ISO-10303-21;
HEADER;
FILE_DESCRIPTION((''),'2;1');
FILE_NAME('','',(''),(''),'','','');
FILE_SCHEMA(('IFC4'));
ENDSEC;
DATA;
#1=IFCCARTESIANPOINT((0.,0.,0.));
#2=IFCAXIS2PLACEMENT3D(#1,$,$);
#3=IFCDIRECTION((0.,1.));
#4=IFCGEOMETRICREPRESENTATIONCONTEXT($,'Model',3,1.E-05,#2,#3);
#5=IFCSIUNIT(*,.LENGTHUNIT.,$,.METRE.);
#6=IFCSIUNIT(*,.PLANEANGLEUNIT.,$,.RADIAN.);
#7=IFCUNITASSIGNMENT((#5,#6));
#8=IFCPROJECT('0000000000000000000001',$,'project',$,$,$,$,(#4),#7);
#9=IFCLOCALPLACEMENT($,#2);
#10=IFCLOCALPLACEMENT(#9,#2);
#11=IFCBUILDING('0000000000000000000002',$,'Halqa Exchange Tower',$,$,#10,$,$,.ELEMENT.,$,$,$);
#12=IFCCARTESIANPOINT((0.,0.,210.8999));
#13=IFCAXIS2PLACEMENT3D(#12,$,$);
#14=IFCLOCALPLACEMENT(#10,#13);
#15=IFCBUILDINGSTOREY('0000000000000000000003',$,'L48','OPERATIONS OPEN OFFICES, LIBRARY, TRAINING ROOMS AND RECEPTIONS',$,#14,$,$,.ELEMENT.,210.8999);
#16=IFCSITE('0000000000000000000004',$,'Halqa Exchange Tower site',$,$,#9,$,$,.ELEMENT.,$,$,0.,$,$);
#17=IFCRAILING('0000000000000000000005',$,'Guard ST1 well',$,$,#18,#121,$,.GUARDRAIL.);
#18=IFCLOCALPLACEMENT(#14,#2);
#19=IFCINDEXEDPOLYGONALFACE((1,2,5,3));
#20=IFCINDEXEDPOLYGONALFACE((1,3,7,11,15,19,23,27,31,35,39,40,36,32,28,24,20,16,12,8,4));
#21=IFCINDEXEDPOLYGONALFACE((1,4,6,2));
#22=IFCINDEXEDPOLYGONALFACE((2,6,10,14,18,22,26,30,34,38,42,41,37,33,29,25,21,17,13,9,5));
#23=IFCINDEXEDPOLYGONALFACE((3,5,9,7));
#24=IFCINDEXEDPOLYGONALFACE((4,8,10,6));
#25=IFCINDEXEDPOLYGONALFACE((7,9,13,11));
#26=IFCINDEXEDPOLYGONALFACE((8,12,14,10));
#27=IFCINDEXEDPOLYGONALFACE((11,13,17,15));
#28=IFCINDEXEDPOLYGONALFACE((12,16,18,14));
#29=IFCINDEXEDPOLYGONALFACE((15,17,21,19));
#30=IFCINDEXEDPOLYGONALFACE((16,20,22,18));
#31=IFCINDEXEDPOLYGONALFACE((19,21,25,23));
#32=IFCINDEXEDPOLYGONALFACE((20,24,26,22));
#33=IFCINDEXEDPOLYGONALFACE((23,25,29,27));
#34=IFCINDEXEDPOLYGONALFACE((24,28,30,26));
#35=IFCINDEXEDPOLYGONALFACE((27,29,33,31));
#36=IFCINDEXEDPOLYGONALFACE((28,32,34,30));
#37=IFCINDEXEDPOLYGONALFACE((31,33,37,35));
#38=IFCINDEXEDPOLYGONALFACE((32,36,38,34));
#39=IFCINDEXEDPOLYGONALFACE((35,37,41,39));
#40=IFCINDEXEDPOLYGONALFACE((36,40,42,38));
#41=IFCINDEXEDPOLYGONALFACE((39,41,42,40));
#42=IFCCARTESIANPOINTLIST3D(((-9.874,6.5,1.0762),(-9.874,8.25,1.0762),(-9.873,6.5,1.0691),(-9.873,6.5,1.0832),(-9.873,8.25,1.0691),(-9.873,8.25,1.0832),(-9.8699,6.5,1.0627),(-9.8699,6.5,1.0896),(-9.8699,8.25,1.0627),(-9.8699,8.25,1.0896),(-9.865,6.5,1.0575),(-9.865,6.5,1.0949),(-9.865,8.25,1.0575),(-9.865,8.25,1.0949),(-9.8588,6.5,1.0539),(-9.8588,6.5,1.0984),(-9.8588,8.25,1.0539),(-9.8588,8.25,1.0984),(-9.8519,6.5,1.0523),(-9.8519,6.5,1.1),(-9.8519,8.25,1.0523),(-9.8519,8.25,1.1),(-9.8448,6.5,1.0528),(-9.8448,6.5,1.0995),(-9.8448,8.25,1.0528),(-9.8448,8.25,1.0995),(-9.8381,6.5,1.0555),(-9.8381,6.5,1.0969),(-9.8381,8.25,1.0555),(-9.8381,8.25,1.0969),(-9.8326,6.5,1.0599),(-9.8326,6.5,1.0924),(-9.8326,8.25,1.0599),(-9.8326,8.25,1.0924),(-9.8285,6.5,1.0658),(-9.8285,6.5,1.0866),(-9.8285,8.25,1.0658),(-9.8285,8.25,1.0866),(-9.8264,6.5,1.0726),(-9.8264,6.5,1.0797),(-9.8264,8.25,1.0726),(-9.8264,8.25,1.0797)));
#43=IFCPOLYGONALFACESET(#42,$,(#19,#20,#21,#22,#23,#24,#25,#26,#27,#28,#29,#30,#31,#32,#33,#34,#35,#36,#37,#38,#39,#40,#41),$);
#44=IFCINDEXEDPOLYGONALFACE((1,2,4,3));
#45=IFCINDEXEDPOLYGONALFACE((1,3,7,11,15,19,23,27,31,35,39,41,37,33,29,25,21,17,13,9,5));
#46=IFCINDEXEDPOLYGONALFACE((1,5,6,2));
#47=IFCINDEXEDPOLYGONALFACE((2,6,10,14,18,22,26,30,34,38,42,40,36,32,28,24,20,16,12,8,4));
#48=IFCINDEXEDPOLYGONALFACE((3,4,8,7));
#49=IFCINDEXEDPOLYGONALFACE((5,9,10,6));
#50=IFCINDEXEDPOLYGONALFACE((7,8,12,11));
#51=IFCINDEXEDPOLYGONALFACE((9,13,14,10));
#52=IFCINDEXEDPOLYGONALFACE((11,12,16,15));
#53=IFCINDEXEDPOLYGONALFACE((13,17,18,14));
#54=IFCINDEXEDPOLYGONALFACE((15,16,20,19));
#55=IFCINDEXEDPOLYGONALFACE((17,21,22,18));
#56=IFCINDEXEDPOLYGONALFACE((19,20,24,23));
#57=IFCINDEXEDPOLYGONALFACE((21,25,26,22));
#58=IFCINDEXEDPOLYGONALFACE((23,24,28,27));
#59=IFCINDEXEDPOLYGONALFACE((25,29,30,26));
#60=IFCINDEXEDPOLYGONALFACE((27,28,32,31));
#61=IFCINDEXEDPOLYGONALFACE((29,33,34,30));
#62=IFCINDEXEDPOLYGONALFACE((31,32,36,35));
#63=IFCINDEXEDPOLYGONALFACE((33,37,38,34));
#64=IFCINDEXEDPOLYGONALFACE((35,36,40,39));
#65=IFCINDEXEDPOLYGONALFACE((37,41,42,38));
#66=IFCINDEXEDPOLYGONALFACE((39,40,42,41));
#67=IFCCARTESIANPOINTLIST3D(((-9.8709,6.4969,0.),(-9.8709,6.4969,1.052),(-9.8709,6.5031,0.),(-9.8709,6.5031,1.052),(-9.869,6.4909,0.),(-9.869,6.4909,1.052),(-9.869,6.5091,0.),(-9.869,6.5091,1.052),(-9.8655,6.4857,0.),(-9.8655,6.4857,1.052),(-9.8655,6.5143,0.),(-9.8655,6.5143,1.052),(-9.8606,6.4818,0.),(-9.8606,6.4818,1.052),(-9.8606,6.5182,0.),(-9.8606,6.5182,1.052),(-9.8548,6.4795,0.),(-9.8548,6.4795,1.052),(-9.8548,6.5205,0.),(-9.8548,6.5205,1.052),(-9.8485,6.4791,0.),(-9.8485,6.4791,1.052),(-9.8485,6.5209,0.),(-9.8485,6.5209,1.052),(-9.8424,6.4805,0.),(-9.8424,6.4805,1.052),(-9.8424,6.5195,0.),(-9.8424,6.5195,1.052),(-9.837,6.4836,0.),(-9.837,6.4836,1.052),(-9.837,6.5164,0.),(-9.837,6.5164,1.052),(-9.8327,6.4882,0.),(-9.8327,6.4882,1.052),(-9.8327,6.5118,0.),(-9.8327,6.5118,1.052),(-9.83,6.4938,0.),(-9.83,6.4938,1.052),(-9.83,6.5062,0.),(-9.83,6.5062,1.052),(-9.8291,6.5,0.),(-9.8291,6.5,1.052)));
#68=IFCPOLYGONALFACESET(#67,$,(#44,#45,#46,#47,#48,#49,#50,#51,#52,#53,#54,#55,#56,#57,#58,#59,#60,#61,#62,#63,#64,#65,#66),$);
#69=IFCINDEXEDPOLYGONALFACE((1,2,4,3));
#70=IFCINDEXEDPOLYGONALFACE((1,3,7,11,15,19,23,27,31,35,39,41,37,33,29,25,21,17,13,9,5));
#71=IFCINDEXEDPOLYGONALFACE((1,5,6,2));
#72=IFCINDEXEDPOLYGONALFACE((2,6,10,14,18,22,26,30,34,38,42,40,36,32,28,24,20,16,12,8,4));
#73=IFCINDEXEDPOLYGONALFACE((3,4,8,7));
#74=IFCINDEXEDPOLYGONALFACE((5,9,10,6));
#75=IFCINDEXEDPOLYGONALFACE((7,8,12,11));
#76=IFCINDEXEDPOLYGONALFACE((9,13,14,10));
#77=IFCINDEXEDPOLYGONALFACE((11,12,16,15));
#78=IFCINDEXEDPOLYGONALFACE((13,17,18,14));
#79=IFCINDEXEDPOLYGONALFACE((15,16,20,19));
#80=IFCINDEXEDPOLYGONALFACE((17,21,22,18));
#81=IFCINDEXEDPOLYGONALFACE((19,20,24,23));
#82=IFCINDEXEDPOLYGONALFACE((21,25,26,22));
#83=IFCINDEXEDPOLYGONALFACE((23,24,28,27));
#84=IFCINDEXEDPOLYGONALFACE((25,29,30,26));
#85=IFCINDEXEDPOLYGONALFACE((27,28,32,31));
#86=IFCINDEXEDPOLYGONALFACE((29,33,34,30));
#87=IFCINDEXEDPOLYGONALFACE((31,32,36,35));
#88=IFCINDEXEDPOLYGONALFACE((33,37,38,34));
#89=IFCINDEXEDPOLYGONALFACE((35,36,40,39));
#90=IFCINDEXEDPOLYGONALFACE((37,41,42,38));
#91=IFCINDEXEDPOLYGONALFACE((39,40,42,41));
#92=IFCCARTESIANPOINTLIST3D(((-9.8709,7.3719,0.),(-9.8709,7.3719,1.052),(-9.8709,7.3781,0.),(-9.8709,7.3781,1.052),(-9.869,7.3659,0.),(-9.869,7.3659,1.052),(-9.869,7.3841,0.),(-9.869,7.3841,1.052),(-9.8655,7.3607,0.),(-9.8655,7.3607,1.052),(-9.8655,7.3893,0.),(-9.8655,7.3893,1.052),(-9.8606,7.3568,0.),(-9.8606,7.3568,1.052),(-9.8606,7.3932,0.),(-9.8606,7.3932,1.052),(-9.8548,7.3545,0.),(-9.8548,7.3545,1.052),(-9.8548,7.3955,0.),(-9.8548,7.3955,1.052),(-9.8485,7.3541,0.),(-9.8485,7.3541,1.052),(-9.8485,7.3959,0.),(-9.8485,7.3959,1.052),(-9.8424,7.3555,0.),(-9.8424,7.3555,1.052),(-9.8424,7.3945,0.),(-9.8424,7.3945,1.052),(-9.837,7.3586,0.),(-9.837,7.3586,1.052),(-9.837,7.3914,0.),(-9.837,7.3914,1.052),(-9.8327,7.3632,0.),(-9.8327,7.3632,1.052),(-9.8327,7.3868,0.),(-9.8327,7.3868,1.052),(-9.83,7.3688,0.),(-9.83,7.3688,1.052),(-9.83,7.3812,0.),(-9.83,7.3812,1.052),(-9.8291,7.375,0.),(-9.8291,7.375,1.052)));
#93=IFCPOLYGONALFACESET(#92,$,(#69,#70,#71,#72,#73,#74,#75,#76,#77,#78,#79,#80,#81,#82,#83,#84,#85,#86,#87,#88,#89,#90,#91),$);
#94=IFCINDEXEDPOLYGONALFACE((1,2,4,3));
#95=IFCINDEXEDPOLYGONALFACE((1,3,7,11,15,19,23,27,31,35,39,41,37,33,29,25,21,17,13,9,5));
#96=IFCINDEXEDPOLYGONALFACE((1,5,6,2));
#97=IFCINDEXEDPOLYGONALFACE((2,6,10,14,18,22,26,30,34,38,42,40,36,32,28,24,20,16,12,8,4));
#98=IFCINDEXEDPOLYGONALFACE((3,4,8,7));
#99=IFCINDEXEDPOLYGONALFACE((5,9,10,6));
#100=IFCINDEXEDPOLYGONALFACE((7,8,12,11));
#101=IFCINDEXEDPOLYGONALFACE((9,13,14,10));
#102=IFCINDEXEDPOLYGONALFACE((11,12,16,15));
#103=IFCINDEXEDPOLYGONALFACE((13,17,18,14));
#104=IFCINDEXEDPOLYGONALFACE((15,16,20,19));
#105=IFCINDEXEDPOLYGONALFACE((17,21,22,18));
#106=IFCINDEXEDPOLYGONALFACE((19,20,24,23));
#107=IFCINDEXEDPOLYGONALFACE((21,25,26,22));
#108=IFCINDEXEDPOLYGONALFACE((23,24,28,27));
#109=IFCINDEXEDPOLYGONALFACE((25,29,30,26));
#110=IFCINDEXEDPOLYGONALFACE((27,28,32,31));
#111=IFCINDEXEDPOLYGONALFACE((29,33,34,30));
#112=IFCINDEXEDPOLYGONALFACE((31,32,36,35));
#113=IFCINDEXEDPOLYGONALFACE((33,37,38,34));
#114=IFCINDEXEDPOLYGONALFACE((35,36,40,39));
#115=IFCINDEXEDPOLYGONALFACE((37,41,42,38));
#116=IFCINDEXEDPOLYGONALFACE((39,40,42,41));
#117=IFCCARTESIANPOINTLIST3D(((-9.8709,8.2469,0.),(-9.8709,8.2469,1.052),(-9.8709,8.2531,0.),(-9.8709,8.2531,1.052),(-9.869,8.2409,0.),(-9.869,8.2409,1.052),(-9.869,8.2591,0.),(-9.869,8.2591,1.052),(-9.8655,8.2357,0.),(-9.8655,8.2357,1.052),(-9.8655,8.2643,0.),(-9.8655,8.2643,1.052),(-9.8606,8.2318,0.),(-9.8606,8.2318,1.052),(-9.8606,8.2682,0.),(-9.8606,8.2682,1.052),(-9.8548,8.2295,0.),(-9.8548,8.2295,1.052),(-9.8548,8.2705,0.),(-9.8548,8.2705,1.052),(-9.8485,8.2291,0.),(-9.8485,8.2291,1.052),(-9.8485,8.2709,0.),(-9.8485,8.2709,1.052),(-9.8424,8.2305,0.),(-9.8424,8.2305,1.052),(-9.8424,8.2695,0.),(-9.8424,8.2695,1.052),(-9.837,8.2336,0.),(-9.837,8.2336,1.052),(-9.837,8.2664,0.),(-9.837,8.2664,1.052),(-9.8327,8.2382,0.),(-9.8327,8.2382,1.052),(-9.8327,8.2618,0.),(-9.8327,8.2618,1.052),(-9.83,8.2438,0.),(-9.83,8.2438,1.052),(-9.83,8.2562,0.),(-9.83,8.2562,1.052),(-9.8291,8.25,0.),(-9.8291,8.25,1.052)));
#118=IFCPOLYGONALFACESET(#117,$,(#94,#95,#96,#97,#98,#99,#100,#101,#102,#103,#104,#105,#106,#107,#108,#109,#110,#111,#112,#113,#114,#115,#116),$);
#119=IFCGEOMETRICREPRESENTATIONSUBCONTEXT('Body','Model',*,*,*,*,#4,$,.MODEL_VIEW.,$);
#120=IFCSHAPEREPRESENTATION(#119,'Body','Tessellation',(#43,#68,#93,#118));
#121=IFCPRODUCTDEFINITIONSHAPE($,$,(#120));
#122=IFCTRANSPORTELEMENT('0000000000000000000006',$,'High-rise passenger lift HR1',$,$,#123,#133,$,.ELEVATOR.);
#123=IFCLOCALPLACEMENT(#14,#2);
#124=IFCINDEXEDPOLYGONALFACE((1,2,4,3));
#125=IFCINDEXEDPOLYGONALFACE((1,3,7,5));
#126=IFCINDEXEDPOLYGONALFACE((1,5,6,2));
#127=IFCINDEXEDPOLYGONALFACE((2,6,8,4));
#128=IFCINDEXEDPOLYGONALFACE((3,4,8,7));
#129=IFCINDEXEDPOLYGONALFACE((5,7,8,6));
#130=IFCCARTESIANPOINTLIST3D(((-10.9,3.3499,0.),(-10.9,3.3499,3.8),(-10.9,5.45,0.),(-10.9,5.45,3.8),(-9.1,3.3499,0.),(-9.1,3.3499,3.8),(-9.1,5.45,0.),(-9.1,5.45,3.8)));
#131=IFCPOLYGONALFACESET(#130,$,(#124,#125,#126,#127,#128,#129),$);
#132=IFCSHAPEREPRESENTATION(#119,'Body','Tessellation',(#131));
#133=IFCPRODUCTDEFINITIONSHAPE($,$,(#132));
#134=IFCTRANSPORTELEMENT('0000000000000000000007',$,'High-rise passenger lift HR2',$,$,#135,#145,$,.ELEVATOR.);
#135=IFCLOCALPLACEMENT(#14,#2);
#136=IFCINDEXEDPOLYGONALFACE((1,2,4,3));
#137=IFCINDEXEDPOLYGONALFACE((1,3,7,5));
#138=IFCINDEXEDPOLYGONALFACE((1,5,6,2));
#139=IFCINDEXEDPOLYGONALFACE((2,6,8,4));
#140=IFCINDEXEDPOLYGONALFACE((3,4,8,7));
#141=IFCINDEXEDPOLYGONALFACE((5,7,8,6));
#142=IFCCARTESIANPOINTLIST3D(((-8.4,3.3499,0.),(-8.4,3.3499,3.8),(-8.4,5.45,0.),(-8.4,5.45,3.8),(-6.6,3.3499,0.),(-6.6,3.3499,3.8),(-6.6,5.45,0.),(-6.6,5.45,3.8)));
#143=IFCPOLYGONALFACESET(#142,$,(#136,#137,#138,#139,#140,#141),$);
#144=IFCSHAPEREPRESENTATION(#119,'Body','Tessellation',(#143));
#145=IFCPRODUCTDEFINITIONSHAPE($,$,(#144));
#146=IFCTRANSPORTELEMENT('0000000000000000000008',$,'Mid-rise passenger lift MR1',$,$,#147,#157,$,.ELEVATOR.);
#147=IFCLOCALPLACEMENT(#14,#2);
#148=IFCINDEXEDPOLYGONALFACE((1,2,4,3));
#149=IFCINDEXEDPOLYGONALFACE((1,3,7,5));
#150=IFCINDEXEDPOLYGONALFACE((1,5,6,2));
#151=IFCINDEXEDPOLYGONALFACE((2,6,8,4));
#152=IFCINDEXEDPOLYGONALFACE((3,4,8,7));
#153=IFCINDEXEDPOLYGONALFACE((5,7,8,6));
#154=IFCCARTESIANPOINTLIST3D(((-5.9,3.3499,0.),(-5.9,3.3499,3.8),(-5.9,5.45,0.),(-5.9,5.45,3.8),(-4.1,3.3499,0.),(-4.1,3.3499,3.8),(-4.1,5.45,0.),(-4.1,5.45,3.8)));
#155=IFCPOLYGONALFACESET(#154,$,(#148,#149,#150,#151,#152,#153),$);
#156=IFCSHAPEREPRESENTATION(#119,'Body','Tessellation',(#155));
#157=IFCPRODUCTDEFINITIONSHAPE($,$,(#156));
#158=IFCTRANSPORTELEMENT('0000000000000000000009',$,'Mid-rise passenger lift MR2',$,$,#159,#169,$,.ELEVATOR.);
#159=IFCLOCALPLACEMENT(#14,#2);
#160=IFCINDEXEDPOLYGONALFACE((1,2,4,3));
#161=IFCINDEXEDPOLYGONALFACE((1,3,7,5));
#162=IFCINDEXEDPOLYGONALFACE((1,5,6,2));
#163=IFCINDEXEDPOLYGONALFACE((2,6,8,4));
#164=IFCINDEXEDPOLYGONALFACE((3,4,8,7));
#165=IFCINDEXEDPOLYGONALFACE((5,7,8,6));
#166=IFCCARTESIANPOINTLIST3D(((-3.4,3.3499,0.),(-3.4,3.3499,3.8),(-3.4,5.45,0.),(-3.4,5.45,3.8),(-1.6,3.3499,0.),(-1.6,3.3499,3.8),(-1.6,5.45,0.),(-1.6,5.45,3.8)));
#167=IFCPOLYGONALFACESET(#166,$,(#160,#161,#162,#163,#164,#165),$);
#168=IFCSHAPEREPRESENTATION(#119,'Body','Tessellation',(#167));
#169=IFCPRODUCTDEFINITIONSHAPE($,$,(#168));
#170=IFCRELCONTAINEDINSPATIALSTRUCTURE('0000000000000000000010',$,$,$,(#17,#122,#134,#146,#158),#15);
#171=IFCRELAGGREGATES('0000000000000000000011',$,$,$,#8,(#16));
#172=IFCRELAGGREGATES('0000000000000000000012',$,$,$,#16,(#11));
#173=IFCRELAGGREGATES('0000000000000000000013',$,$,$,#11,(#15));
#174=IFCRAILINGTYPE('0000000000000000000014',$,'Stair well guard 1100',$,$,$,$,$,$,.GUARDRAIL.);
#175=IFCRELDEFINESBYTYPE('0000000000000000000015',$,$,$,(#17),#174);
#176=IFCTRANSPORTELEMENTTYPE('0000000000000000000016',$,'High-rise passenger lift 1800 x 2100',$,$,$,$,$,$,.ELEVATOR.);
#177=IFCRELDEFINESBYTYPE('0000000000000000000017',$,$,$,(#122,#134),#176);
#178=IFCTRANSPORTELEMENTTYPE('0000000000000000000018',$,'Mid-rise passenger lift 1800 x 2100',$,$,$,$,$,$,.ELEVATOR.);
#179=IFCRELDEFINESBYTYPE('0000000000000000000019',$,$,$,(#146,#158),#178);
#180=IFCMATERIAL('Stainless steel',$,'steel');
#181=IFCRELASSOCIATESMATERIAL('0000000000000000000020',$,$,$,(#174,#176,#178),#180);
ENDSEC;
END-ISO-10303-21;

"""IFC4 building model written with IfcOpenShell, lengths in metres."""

from ifc_helpers import new_model, si_unit, direction, frame, origin, origin_2d, place, context, subcontext, project, spatial, rectangle, circle, extrude, material, type_object, element, save


model = new_model("IFC4")

# Units and contexts
model_context = context("Model", 3, precision=1e-05, world=origin(), true_north=direction((0.0, 1.0)))
body_context = subcontext(model_context, "Body", "Model", "MODEL_VIEW")
ifc_project = project(units=[si_unit("LENGTHUNIT", "METRE"), si_unit("PLANEANGLEUNIT", "RADIAN")], contexts=[model_context])

# Site, building, storey
site_placement = place(None, origin())
site = spatial("IfcSite", under=ifc_project, at=site_placement, Name="Halqa Exchange Tower site", CompositionType="ELEMENT", RefElevation=0.0)
building_placement = place(site_placement, origin())
building = spatial("IfcBuilding", under=site, at=building_placement, Name="Halqa Exchange Tower", CompositionType="ELEMENT")
storey_placement = place(building_placement, frame((0.0, 0.0, 210.8999)))
storey = spatial("IfcBuildingStorey", under=building, at=storey_placement, Name="L48", Description="OPERATIONS OPEN OFFICES, LIBRARY, TRAINING ROOMS AND RECEPTIONS", CompositionType="ELEMENT", Elevation=210.8999)

# Shared definitions
ifc_material_1 = material(Name="Stainless steel", Category="steel")

# Railing
railing_type_1 = type_object("IfcRailingType", Name="Stair well guard 1100", PredefinedType="GUARDRAIL", material=ifc_material_1)
railing_1_placement = place(storey_placement, frame((-9.8501, 6.5, 0.0)))
element("IfcRailing", 1, at=railing_1_placement, inside=storey, type_object=railing_type_1, Name="Guard ST1 well", PredefinedType="GUARDRAIL", context=body_context, shape_type="SweptSolid", body=[
    extrude(circle(Radius=0.0239, at=origin_2d()), frame((0.0, 0.0, 1.0762), z_axis=(0.0, 1.0, 0.0), x_axis=(-1.0, 0.0, 0.0)), (0.0, 0.0, 1.0), 1.75),
    extrude(circle(Radius=0.021, at=origin_2d()), origin(), (0.0, 0.0, 1.0), 1.052),
    extrude(circle(Radius=0.021, at=origin_2d()), frame((0.0, 0.875, 0.0)), (0.0, 0.0, 1.0), 1.052),
    extrude(circle(Radius=0.021, at=origin_2d()), frame((0.0, 1.75, 0.0)), (0.0, 0.0, 1.0), 1.052),
])

# Transport elements
transport_element_type_1 = type_object("IfcTransportElementType", Name="High-rise passenger lift 1800 x 2100", PredefinedType="ELEVATOR", material=ifc_material_1)
for number, where, z_axis, x_axis, name in (
    (2, (-10.0, 4.3999, 0.0), (0.0, 0.0, 1.0), (1.0, 0.0, 0.0), "High-rise passenger lift HR1"),
    (3, (-7.5, 4.3999, 0.0), (0.0, 0.0, 1.0), (1.0, 0.0, 0.0), "High-rise passenger lift HR2"),
):
    element("IfcTransportElement", number, at=place(storey_placement, frame(where, z_axis=z_axis, x_axis=x_axis)), inside=storey, type_object=transport_element_type_1, Name=name, PredefinedType="ELEVATOR", context=body_context, shape_type="SweptSolid", body=[
        extrude(rectangle(XDim=1.8, YDim=2.1001, at=origin_2d()), origin(), (0.0, 0.0, 1.0), 3.8),
    ])
transport_element_type_2 = type_object("IfcTransportElementType", Name="Mid-rise passenger lift 1800 x 2100", PredefinedType="ELEVATOR", material=ifc_material_1)
for number, where, z_axis, x_axis, name in (
    (4, (-5.0, 4.3999, 0.0), (0.0, 0.0, 1.0), (1.0, 0.0, 0.0), "Mid-rise passenger lift MR1"),
    (5, (-2.5, 4.3999, 0.0), (0.0, 0.0, 1.0), (1.0, 0.0, 0.0), "Mid-rise passenger lift MR2"),
):
    element("IfcTransportElement", number, at=place(storey_placement, frame(where, z_axis=z_axis, x_axis=x_axis)), inside=storey, type_object=transport_element_type_2, Name=name, PredefinedType="ELEVATOR", context=body_context, shape_type="SweptSolid", body=[
        extrude(rectangle(XDim=1.8, YDim=2.1001, at=origin_2d()), origin(), (0.0, 0.0, 1.0), 3.8),
    ])

save(model, "model.ifc")
